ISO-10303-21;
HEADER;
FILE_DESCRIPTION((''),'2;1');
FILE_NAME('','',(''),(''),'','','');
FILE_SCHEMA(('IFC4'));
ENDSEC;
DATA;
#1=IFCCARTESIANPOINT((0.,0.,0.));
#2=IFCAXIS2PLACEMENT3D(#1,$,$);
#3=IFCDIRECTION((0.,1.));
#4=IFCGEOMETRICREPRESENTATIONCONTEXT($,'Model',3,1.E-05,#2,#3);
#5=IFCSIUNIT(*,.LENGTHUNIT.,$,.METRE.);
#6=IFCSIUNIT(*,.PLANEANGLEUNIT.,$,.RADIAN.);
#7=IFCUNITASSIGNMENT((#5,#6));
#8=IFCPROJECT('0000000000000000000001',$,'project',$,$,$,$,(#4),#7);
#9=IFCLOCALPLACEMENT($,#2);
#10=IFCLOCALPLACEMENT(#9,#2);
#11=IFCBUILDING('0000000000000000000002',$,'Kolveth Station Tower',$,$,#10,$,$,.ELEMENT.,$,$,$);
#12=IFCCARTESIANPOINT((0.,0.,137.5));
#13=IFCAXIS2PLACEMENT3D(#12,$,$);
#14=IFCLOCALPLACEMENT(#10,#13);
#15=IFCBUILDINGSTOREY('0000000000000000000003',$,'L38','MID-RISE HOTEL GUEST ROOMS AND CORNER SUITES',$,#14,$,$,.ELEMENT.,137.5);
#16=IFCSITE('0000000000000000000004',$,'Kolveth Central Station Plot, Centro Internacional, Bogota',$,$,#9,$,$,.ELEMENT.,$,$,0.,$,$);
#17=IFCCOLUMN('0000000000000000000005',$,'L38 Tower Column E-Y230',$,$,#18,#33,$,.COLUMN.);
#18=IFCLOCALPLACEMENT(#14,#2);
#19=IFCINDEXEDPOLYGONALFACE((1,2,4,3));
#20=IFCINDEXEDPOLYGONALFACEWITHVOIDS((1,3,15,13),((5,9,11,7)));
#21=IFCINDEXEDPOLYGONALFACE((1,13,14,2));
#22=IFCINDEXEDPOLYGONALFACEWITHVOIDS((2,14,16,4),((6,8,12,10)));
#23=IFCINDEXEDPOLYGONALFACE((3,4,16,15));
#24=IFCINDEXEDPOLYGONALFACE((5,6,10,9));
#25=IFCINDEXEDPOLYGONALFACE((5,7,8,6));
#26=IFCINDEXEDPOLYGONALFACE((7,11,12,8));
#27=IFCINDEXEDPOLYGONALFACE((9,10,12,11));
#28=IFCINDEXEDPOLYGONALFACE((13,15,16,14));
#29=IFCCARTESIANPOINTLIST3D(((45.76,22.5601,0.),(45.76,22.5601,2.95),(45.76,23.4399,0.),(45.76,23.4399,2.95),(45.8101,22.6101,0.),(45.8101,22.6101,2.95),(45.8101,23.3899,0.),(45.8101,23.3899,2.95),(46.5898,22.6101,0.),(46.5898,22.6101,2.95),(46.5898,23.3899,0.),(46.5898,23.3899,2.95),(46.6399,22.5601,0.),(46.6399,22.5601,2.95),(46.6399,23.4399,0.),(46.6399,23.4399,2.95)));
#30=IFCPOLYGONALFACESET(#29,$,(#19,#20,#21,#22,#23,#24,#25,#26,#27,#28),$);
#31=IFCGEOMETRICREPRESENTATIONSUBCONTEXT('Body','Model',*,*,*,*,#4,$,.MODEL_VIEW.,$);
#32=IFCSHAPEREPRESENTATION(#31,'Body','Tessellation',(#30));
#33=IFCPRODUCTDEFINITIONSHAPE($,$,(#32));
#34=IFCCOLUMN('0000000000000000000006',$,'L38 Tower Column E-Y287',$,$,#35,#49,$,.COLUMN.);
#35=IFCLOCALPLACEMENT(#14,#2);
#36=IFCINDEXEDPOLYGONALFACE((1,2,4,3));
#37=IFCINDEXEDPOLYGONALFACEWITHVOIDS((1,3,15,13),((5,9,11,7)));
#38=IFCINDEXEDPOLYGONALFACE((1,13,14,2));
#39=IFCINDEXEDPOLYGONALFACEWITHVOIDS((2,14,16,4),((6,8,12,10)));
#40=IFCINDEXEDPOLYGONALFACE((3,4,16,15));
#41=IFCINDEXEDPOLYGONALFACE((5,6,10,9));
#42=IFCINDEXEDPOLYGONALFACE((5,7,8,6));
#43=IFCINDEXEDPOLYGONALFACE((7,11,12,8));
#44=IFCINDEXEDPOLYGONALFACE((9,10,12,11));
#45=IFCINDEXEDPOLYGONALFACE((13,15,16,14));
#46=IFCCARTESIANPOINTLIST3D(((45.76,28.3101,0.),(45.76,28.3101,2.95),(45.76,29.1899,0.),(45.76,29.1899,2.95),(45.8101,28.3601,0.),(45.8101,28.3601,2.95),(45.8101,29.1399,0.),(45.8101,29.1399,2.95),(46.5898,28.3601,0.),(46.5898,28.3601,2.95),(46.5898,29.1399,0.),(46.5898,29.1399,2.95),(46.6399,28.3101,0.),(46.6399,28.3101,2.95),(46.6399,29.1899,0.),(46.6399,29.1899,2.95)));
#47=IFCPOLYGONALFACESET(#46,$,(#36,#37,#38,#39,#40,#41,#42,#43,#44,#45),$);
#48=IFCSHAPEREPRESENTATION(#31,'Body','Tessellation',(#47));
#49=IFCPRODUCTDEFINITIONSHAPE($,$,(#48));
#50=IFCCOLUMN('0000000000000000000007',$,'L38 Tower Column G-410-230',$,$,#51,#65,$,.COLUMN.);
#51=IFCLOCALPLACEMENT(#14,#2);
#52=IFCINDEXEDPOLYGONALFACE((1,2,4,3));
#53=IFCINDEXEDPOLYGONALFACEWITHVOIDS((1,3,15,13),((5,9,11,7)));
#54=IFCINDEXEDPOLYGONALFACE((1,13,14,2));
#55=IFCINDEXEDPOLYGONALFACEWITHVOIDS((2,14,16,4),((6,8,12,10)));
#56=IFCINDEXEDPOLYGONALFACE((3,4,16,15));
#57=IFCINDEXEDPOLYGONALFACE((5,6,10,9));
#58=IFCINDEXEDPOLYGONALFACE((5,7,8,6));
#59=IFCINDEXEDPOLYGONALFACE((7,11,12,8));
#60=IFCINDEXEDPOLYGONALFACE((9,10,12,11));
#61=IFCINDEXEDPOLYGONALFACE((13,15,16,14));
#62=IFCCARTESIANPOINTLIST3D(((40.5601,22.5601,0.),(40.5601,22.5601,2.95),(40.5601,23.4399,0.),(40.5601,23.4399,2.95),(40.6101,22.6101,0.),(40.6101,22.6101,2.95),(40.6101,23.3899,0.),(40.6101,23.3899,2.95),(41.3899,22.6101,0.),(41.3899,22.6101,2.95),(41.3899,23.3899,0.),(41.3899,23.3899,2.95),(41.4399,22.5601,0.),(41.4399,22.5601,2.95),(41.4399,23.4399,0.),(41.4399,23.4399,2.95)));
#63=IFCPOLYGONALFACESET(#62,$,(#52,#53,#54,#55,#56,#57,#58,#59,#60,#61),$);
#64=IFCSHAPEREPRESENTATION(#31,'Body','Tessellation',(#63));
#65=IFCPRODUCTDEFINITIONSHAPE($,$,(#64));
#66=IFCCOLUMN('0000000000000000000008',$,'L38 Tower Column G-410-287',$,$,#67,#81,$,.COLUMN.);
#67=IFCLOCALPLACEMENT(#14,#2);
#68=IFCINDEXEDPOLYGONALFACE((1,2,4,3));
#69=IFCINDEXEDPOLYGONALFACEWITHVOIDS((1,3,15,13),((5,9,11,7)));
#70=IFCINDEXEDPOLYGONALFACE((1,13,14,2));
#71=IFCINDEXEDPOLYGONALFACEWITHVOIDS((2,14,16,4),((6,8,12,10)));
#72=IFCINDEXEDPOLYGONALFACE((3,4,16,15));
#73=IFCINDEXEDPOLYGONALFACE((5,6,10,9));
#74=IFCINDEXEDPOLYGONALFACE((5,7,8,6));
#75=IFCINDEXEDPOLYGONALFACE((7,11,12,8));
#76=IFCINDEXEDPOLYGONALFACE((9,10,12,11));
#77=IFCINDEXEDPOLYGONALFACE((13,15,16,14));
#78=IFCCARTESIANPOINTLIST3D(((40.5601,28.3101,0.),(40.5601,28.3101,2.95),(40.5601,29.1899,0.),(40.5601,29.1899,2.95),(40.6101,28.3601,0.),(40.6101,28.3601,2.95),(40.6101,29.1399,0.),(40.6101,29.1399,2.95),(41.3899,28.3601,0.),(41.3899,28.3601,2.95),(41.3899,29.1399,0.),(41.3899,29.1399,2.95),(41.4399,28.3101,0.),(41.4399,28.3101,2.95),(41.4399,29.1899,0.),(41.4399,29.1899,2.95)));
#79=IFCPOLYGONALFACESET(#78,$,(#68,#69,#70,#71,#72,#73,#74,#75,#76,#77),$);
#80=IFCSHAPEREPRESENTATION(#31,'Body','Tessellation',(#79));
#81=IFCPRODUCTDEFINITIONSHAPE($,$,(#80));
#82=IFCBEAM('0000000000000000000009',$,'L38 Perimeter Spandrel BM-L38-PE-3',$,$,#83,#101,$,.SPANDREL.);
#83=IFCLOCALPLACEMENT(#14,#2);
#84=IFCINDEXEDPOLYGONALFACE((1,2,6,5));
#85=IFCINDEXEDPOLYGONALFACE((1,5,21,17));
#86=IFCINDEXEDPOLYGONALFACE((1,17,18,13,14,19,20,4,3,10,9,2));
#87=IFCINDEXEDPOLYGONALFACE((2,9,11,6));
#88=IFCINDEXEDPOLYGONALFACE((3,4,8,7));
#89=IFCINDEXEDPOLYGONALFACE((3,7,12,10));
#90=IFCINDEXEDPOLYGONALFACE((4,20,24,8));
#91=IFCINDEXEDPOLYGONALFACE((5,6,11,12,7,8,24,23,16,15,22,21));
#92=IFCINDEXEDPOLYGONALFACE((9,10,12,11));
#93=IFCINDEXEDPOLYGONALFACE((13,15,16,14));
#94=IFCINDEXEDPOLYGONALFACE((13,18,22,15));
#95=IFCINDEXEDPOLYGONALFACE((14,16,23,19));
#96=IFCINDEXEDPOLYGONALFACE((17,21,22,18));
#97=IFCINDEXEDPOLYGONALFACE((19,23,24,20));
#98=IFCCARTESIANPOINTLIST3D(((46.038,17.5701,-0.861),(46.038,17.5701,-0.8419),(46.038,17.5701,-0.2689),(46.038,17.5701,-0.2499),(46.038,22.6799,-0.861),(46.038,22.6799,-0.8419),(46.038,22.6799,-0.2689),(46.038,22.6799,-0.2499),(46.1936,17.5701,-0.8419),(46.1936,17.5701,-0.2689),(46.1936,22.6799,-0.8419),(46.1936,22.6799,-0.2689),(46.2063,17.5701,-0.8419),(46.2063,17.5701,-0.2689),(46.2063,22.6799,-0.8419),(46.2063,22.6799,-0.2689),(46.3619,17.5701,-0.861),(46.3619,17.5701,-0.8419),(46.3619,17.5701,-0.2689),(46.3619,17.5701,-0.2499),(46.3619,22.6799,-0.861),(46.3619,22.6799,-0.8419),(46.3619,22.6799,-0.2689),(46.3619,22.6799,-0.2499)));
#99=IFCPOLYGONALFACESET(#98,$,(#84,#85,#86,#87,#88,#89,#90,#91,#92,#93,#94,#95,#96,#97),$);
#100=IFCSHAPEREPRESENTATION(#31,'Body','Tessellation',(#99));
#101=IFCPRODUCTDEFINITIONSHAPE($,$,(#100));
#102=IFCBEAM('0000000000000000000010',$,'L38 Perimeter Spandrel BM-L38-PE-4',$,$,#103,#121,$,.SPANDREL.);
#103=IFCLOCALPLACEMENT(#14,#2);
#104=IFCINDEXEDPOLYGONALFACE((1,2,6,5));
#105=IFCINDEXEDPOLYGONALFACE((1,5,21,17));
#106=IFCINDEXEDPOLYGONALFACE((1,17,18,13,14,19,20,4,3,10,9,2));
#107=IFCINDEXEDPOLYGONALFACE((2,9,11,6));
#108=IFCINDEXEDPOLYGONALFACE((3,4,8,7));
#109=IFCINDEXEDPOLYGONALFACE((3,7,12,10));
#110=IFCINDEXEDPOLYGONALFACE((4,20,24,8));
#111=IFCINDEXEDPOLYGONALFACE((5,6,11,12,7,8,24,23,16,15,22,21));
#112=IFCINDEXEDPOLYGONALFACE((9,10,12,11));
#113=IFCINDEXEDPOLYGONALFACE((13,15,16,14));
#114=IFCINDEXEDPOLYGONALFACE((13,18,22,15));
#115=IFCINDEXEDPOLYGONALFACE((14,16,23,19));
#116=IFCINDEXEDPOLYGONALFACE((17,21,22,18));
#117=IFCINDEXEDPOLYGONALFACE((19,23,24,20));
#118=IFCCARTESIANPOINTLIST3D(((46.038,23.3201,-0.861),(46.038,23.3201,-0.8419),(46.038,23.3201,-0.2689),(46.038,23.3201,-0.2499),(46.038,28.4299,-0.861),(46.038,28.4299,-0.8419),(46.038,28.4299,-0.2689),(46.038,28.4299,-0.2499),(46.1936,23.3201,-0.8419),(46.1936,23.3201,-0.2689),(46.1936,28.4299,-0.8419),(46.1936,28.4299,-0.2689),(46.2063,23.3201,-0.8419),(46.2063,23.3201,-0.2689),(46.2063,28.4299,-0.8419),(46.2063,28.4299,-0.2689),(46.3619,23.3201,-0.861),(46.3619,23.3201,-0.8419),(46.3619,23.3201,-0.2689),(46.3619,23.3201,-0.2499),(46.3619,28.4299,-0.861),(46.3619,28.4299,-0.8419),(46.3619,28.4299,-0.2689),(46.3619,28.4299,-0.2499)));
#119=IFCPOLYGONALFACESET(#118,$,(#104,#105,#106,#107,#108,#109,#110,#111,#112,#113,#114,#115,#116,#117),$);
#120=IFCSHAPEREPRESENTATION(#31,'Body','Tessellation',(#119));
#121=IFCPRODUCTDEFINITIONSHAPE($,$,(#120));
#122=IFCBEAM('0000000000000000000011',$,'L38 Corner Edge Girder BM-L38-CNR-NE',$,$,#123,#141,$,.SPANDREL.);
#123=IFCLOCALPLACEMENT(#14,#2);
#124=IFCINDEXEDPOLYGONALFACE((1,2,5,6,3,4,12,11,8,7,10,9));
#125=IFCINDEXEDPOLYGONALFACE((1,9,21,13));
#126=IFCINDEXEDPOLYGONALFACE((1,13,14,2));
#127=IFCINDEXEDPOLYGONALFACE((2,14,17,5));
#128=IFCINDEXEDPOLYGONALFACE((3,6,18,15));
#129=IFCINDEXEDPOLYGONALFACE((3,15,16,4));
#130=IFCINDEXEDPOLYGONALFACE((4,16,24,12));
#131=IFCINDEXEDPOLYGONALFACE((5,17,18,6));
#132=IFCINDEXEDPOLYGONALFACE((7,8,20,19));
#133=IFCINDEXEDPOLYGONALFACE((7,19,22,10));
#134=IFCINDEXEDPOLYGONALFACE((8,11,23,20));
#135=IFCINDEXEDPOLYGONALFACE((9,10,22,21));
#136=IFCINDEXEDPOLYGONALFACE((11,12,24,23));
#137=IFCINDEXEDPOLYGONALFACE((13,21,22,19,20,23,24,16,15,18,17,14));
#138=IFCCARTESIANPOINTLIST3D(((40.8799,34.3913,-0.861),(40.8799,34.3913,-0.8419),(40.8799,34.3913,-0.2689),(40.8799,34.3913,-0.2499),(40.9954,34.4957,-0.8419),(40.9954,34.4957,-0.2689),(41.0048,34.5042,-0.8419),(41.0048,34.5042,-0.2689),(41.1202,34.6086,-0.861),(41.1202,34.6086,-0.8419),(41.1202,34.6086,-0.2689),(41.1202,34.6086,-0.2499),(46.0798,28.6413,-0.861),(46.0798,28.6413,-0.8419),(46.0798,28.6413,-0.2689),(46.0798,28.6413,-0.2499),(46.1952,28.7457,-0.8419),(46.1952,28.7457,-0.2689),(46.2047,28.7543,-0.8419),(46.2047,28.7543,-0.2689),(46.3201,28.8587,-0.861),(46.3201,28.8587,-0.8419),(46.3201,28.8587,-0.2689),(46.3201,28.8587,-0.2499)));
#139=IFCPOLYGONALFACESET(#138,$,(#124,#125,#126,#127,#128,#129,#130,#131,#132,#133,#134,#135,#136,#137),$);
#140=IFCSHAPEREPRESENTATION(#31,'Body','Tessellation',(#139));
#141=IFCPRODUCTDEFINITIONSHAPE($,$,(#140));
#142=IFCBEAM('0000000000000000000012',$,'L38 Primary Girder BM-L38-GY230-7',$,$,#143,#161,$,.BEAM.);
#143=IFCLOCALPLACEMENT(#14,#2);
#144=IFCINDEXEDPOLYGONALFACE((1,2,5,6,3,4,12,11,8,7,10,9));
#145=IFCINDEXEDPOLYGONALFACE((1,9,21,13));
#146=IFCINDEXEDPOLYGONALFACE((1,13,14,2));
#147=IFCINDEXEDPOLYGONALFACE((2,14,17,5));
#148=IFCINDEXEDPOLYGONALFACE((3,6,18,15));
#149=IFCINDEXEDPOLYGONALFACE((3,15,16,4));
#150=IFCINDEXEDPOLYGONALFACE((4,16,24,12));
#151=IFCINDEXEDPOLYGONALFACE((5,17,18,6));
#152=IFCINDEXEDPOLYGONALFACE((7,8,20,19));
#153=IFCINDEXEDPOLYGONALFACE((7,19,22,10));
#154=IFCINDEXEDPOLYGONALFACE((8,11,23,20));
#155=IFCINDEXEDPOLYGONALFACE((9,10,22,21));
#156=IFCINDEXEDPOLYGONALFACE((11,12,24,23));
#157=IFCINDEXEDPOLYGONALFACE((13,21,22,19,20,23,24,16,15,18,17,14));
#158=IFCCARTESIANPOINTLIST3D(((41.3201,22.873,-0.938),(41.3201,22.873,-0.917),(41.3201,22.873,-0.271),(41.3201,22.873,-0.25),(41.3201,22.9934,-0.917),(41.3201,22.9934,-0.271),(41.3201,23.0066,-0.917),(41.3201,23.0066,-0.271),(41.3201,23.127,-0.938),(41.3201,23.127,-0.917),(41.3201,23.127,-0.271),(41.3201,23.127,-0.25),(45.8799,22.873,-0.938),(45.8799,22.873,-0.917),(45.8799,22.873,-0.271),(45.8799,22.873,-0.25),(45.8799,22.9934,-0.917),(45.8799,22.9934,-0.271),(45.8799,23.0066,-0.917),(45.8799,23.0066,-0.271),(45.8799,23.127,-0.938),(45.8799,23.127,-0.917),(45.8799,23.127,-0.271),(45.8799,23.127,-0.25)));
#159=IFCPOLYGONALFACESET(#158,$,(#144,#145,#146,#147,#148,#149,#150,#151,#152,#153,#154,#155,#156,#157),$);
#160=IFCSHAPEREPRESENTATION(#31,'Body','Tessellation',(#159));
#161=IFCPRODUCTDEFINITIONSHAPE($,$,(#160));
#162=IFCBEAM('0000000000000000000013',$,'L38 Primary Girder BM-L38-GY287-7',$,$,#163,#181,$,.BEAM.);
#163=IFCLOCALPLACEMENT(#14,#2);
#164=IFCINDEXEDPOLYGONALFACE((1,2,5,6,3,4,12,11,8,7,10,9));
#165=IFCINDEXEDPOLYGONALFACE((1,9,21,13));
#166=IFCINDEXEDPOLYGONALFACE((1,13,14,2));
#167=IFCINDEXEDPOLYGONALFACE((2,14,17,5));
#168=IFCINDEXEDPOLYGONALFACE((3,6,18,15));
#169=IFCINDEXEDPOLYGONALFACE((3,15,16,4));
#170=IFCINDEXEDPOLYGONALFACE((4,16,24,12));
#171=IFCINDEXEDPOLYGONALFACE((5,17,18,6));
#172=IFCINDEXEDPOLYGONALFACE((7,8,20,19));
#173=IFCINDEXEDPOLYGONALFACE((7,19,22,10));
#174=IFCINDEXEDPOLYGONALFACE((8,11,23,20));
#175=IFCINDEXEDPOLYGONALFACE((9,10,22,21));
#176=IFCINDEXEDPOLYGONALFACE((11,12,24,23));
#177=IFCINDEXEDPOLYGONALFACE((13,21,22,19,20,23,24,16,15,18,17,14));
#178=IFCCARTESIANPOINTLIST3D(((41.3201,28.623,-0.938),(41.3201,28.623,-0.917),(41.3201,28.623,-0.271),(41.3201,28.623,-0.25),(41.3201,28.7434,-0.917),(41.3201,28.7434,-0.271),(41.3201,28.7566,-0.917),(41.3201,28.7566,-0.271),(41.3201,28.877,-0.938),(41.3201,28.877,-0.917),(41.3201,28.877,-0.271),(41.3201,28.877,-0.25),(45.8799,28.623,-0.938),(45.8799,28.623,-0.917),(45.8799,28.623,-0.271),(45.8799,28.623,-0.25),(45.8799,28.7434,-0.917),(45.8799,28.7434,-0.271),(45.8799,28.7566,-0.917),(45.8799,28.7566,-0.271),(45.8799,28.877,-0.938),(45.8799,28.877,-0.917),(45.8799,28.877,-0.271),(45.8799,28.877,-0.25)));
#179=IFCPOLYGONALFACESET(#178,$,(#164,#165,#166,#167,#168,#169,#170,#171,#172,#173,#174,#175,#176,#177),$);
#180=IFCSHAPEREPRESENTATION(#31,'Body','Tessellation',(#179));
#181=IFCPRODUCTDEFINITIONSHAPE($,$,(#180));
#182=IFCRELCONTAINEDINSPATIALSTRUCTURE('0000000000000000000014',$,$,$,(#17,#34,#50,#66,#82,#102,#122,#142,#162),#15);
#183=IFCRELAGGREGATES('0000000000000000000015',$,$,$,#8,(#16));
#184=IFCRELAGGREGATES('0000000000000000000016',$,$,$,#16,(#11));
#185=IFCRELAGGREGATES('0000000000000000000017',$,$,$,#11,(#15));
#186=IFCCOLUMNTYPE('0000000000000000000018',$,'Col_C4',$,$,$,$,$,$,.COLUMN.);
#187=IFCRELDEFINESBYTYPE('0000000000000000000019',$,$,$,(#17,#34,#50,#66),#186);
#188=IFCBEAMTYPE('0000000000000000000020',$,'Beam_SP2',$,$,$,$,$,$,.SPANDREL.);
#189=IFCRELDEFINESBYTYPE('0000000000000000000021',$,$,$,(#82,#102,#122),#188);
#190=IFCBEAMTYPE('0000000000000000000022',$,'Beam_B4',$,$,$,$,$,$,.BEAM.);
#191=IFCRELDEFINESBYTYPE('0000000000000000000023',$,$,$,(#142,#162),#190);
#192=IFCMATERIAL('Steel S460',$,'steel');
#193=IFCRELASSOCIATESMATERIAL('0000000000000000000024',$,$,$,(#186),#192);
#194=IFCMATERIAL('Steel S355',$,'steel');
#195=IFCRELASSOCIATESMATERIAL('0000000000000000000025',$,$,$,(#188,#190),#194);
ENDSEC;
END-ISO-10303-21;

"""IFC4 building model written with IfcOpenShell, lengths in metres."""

from ifc_helpers import new_model, si_unit, direction, frame, origin, origin_2d, place, context, subcontext, project, spatial, hollow_rectangle, i_section, extrude, source, transform, mapped, material, material_profile, profile_set, type_object, element, save


model = new_model("IFC4")

# Units and contexts
model_context = context("Model", 3, precision=1e-05, world=origin(), true_north=direction((0.0, 1.0)))
body_context = subcontext(model_context, "Body", "Model", "MODEL_VIEW")
ifc_project = project(units=[si_unit("LENGTHUNIT", "METRE"), si_unit("PLANEANGLEUNIT", "RADIAN")], contexts=[model_context])

# Site, building, storey
site_placement = place(None, origin())
site = spatial("IfcSite", under=ifc_project, at=site_placement, Name="Kolveth Central Station Plot, Centro Internacional, Bogota", CompositionType="ELEMENT", RefElevation=0.0)
building_placement = place(site_placement, origin())
building = spatial("IfcBuilding", under=site, at=building_placement, Name="Kolveth Station Tower", CompositionType="ELEMENT")
storey_placement = place(building_placement, frame((0.0, 0.0, 137.5)))
storey = spatial("IfcBuildingStorey", under=building, at=storey_placement, Name="L38", Description="MID-RISE HOTEL GUEST ROOMS AND CORNER SUITES", CompositionType="ELEMENT", Elevation=137.5)

# Columns
ifc_material_1 = material(Name="Steel S460", Category="steel")
ifc_material_profile_1 = material_profile(ifc_material_1, hollow_rectangle(XDim=0.8799, YDim=0.8799, WallThickness=0.05, at=origin_2d()), Name="BOX880x880x50")
ifc_profile_set_1 = profile_set([ifc_material_profile_1], Name="Steel S460")
column_type = type_object("IfcColumnType", Name="Col_C4", PredefinedType="COLUMN", material=ifc_profile_set_1)
shared_shape_1 = source(origin(), body_context, "Body", "SweptSolid", [
    extrude(hollow_rectangle(XDim=0.8799, YDim=0.8799, WallThickness=0.05, at=origin_2d()), origin(), (0.0, 0.0, 1.0), 2.95),
])
for number, where, z_axis, x_axis, name in (
    (1, (46.2, 23.0, 0.0), (0.0, 0.0, 1.0), (1.0, 0.0, 0.0), "L38 Tower Column E-Y230"),
    (2, (46.2, 28.75, 0.0), (0.0, 0.0, 1.0), (1.0, 0.0, 0.0), "L38 Tower Column E-Y287"),
    (3, (41.0, 23.0, 0.0), (0.0, 0.0, 1.0), (1.0, 0.0, 0.0), "L38 Tower Column G-410-230"),
    (4, (41.0, 28.75, 0.0), (0.0, 0.0, 1.0), (1.0, 0.0, 0.0), "L38 Tower Column G-410-287"),
):
    element("IfcColumn", number, at=place(storey_placement, frame(where, z_axis=z_axis, x_axis=x_axis)), inside=storey, type_object=column_type, Name=name, PredefinedType="COLUMN", context=body_context, shape_type="MappedRepresentation", body=[
        mapped(shared_shape_1, transform((0.0, 0.0, 0.0), x_axis=(1.0, 0.0, 0.0), y_axis=(0.0, 1.0, 0.0), z_axis=(0.0, 0.0, 1.0), scale=1.0)),
    ])

# Beams
ifc_material_2 = material(Name="Steel S355", Category="steel")
ifc_material_profile_2 = material_profile(ifc_material_2, i_section(OverallWidth=0.324, OverallDepth=0.6111, WebThickness=0.0127, FlangeThickness=0.019, at=origin_2d()), Name="W610x155")
ifc_profile_set_2 = profile_set([ifc_material_profile_2], Name="Steel S355")
beam_type_1 = type_object("IfcBeamType", Name="Beam_SP2", PredefinedType="SPANDREL", material=ifc_profile_set_2)
shared_shape_2 = source(origin(), body_context, "Body", "SweptSolid", [
    extrude(i_section(OverallWidth=0.324, OverallDepth=0.6111, WebThickness=0.0127, FlangeThickness=0.019, at=origin_2d()), origin(), (0.0, 0.0, 1.0), 5.1099),
])
for number, where, z_axis, x_axis, name in (
    (5, (46.2, 17.5701, -0.5554), (0.0, 1.0, 0.0), (-1.0, 0.0, 0.0), "L38 Perimeter Spandrel BM-L38-PE-3"),
    (6, (46.2, 23.3201, -0.5554), (0.0, 1.0, 0.0), (-1.0, 0.0, 0.0), "L38 Perimeter Spandrel BM-L38-PE-4"),
):
    element("IfcBeam", number, at=place(storey_placement, frame(where, z_axis=z_axis, x_axis=x_axis)), inside=storey, type_object=beam_type_1, Name=name, PredefinedType="SPANDREL", context=body_context, shape_type="MappedRepresentation", body=[
        mapped(shared_shape_2, transform((0.0, 0.0, 0.0), x_axis=(1.0, 0.0, 0.0), y_axis=(0.0, 1.0, 0.0), z_axis=(0.0, 0.0, 1.0), scale=1.0)),
    ])
shared_shape_3 = source(origin(), body_context, "Body", "SweptSolid", [
    extrude(i_section(OverallWidth=0.324, OverallDepth=0.6111, WebThickness=0.0127, FlangeThickness=0.019, at=origin_2d()), origin(), (0.0, 0.0, 1.0), 7.7524),
])
beam_placement = place(storey_placement, frame((46.2, 28.75, -0.5554), z_axis=(-0.670741, 0.741692, 0.0), x_axis=(-0.741692, -0.670741, 0.0)))
element("IfcBeam", 7, at=beam_placement, inside=storey, type_object=beam_type_1, Name="L38 Corner Edge Girder BM-L38-CNR-NE", PredefinedType="SPANDREL", context=body_context, shape_type="MappedRepresentation", body=[
    mapped(shared_shape_3, transform((0.0, 0.0, 0.0), x_axis=(1.0, 0.0, 0.0), y_axis=(0.0, 1.0, 0.0), z_axis=(0.0, 0.0, 1.0), scale=1.0)),
])
ifc_material_profile_3 = material_profile(ifc_material_2, i_section(OverallWidth=0.2539, OverallDepth=0.688, WebThickness=0.0132, FlangeThickness=0.021, at=origin_2d()), Name="W690x152")
ifc_profile_set_3 = profile_set([ifc_material_profile_3], Name="Steel S355")
beam_type_2 = type_object("IfcBeamType", Name="Beam_B4", PredefinedType="BEAM", material=ifc_profile_set_3)
shared_shape_4 = source(origin(), body_context, "Body", "SweptSolid", [
    extrude(i_section(OverallWidth=0.2539, OverallDepth=0.688, WebThickness=0.0132, FlangeThickness=0.021, at=origin_2d()), origin(), (0.0, 0.0, 1.0), 4.5598),
])
for number, where, z_axis, x_axis, name in (
    (8, (41.3201, 23.0, -0.594), (1.0, 0.0, 0.0), (0.0, 1.0, 0.0), "L38 Primary Girder BM-L38-GY230-7"),
    (9, (41.3201, 28.75, -0.594), (1.0, 0.0, 0.0), (0.0, 1.0, 0.0), "L38 Primary Girder BM-L38-GY287-7"),
):
    element("IfcBeam", number, at=place(storey_placement, frame(where, z_axis=z_axis, x_axis=x_axis)), inside=storey, type_object=beam_type_2, Name=name, PredefinedType="BEAM", context=body_context, shape_type="MappedRepresentation", body=[
        mapped(shared_shape_4, transform((0.0, 0.0, 0.0), x_axis=(1.0, 0.0, 0.0), y_axis=(0.0, 1.0, 0.0), z_axis=(0.0, 0.0, 1.0), scale=1.0)),
    ])

save(model, "model.ifc")
